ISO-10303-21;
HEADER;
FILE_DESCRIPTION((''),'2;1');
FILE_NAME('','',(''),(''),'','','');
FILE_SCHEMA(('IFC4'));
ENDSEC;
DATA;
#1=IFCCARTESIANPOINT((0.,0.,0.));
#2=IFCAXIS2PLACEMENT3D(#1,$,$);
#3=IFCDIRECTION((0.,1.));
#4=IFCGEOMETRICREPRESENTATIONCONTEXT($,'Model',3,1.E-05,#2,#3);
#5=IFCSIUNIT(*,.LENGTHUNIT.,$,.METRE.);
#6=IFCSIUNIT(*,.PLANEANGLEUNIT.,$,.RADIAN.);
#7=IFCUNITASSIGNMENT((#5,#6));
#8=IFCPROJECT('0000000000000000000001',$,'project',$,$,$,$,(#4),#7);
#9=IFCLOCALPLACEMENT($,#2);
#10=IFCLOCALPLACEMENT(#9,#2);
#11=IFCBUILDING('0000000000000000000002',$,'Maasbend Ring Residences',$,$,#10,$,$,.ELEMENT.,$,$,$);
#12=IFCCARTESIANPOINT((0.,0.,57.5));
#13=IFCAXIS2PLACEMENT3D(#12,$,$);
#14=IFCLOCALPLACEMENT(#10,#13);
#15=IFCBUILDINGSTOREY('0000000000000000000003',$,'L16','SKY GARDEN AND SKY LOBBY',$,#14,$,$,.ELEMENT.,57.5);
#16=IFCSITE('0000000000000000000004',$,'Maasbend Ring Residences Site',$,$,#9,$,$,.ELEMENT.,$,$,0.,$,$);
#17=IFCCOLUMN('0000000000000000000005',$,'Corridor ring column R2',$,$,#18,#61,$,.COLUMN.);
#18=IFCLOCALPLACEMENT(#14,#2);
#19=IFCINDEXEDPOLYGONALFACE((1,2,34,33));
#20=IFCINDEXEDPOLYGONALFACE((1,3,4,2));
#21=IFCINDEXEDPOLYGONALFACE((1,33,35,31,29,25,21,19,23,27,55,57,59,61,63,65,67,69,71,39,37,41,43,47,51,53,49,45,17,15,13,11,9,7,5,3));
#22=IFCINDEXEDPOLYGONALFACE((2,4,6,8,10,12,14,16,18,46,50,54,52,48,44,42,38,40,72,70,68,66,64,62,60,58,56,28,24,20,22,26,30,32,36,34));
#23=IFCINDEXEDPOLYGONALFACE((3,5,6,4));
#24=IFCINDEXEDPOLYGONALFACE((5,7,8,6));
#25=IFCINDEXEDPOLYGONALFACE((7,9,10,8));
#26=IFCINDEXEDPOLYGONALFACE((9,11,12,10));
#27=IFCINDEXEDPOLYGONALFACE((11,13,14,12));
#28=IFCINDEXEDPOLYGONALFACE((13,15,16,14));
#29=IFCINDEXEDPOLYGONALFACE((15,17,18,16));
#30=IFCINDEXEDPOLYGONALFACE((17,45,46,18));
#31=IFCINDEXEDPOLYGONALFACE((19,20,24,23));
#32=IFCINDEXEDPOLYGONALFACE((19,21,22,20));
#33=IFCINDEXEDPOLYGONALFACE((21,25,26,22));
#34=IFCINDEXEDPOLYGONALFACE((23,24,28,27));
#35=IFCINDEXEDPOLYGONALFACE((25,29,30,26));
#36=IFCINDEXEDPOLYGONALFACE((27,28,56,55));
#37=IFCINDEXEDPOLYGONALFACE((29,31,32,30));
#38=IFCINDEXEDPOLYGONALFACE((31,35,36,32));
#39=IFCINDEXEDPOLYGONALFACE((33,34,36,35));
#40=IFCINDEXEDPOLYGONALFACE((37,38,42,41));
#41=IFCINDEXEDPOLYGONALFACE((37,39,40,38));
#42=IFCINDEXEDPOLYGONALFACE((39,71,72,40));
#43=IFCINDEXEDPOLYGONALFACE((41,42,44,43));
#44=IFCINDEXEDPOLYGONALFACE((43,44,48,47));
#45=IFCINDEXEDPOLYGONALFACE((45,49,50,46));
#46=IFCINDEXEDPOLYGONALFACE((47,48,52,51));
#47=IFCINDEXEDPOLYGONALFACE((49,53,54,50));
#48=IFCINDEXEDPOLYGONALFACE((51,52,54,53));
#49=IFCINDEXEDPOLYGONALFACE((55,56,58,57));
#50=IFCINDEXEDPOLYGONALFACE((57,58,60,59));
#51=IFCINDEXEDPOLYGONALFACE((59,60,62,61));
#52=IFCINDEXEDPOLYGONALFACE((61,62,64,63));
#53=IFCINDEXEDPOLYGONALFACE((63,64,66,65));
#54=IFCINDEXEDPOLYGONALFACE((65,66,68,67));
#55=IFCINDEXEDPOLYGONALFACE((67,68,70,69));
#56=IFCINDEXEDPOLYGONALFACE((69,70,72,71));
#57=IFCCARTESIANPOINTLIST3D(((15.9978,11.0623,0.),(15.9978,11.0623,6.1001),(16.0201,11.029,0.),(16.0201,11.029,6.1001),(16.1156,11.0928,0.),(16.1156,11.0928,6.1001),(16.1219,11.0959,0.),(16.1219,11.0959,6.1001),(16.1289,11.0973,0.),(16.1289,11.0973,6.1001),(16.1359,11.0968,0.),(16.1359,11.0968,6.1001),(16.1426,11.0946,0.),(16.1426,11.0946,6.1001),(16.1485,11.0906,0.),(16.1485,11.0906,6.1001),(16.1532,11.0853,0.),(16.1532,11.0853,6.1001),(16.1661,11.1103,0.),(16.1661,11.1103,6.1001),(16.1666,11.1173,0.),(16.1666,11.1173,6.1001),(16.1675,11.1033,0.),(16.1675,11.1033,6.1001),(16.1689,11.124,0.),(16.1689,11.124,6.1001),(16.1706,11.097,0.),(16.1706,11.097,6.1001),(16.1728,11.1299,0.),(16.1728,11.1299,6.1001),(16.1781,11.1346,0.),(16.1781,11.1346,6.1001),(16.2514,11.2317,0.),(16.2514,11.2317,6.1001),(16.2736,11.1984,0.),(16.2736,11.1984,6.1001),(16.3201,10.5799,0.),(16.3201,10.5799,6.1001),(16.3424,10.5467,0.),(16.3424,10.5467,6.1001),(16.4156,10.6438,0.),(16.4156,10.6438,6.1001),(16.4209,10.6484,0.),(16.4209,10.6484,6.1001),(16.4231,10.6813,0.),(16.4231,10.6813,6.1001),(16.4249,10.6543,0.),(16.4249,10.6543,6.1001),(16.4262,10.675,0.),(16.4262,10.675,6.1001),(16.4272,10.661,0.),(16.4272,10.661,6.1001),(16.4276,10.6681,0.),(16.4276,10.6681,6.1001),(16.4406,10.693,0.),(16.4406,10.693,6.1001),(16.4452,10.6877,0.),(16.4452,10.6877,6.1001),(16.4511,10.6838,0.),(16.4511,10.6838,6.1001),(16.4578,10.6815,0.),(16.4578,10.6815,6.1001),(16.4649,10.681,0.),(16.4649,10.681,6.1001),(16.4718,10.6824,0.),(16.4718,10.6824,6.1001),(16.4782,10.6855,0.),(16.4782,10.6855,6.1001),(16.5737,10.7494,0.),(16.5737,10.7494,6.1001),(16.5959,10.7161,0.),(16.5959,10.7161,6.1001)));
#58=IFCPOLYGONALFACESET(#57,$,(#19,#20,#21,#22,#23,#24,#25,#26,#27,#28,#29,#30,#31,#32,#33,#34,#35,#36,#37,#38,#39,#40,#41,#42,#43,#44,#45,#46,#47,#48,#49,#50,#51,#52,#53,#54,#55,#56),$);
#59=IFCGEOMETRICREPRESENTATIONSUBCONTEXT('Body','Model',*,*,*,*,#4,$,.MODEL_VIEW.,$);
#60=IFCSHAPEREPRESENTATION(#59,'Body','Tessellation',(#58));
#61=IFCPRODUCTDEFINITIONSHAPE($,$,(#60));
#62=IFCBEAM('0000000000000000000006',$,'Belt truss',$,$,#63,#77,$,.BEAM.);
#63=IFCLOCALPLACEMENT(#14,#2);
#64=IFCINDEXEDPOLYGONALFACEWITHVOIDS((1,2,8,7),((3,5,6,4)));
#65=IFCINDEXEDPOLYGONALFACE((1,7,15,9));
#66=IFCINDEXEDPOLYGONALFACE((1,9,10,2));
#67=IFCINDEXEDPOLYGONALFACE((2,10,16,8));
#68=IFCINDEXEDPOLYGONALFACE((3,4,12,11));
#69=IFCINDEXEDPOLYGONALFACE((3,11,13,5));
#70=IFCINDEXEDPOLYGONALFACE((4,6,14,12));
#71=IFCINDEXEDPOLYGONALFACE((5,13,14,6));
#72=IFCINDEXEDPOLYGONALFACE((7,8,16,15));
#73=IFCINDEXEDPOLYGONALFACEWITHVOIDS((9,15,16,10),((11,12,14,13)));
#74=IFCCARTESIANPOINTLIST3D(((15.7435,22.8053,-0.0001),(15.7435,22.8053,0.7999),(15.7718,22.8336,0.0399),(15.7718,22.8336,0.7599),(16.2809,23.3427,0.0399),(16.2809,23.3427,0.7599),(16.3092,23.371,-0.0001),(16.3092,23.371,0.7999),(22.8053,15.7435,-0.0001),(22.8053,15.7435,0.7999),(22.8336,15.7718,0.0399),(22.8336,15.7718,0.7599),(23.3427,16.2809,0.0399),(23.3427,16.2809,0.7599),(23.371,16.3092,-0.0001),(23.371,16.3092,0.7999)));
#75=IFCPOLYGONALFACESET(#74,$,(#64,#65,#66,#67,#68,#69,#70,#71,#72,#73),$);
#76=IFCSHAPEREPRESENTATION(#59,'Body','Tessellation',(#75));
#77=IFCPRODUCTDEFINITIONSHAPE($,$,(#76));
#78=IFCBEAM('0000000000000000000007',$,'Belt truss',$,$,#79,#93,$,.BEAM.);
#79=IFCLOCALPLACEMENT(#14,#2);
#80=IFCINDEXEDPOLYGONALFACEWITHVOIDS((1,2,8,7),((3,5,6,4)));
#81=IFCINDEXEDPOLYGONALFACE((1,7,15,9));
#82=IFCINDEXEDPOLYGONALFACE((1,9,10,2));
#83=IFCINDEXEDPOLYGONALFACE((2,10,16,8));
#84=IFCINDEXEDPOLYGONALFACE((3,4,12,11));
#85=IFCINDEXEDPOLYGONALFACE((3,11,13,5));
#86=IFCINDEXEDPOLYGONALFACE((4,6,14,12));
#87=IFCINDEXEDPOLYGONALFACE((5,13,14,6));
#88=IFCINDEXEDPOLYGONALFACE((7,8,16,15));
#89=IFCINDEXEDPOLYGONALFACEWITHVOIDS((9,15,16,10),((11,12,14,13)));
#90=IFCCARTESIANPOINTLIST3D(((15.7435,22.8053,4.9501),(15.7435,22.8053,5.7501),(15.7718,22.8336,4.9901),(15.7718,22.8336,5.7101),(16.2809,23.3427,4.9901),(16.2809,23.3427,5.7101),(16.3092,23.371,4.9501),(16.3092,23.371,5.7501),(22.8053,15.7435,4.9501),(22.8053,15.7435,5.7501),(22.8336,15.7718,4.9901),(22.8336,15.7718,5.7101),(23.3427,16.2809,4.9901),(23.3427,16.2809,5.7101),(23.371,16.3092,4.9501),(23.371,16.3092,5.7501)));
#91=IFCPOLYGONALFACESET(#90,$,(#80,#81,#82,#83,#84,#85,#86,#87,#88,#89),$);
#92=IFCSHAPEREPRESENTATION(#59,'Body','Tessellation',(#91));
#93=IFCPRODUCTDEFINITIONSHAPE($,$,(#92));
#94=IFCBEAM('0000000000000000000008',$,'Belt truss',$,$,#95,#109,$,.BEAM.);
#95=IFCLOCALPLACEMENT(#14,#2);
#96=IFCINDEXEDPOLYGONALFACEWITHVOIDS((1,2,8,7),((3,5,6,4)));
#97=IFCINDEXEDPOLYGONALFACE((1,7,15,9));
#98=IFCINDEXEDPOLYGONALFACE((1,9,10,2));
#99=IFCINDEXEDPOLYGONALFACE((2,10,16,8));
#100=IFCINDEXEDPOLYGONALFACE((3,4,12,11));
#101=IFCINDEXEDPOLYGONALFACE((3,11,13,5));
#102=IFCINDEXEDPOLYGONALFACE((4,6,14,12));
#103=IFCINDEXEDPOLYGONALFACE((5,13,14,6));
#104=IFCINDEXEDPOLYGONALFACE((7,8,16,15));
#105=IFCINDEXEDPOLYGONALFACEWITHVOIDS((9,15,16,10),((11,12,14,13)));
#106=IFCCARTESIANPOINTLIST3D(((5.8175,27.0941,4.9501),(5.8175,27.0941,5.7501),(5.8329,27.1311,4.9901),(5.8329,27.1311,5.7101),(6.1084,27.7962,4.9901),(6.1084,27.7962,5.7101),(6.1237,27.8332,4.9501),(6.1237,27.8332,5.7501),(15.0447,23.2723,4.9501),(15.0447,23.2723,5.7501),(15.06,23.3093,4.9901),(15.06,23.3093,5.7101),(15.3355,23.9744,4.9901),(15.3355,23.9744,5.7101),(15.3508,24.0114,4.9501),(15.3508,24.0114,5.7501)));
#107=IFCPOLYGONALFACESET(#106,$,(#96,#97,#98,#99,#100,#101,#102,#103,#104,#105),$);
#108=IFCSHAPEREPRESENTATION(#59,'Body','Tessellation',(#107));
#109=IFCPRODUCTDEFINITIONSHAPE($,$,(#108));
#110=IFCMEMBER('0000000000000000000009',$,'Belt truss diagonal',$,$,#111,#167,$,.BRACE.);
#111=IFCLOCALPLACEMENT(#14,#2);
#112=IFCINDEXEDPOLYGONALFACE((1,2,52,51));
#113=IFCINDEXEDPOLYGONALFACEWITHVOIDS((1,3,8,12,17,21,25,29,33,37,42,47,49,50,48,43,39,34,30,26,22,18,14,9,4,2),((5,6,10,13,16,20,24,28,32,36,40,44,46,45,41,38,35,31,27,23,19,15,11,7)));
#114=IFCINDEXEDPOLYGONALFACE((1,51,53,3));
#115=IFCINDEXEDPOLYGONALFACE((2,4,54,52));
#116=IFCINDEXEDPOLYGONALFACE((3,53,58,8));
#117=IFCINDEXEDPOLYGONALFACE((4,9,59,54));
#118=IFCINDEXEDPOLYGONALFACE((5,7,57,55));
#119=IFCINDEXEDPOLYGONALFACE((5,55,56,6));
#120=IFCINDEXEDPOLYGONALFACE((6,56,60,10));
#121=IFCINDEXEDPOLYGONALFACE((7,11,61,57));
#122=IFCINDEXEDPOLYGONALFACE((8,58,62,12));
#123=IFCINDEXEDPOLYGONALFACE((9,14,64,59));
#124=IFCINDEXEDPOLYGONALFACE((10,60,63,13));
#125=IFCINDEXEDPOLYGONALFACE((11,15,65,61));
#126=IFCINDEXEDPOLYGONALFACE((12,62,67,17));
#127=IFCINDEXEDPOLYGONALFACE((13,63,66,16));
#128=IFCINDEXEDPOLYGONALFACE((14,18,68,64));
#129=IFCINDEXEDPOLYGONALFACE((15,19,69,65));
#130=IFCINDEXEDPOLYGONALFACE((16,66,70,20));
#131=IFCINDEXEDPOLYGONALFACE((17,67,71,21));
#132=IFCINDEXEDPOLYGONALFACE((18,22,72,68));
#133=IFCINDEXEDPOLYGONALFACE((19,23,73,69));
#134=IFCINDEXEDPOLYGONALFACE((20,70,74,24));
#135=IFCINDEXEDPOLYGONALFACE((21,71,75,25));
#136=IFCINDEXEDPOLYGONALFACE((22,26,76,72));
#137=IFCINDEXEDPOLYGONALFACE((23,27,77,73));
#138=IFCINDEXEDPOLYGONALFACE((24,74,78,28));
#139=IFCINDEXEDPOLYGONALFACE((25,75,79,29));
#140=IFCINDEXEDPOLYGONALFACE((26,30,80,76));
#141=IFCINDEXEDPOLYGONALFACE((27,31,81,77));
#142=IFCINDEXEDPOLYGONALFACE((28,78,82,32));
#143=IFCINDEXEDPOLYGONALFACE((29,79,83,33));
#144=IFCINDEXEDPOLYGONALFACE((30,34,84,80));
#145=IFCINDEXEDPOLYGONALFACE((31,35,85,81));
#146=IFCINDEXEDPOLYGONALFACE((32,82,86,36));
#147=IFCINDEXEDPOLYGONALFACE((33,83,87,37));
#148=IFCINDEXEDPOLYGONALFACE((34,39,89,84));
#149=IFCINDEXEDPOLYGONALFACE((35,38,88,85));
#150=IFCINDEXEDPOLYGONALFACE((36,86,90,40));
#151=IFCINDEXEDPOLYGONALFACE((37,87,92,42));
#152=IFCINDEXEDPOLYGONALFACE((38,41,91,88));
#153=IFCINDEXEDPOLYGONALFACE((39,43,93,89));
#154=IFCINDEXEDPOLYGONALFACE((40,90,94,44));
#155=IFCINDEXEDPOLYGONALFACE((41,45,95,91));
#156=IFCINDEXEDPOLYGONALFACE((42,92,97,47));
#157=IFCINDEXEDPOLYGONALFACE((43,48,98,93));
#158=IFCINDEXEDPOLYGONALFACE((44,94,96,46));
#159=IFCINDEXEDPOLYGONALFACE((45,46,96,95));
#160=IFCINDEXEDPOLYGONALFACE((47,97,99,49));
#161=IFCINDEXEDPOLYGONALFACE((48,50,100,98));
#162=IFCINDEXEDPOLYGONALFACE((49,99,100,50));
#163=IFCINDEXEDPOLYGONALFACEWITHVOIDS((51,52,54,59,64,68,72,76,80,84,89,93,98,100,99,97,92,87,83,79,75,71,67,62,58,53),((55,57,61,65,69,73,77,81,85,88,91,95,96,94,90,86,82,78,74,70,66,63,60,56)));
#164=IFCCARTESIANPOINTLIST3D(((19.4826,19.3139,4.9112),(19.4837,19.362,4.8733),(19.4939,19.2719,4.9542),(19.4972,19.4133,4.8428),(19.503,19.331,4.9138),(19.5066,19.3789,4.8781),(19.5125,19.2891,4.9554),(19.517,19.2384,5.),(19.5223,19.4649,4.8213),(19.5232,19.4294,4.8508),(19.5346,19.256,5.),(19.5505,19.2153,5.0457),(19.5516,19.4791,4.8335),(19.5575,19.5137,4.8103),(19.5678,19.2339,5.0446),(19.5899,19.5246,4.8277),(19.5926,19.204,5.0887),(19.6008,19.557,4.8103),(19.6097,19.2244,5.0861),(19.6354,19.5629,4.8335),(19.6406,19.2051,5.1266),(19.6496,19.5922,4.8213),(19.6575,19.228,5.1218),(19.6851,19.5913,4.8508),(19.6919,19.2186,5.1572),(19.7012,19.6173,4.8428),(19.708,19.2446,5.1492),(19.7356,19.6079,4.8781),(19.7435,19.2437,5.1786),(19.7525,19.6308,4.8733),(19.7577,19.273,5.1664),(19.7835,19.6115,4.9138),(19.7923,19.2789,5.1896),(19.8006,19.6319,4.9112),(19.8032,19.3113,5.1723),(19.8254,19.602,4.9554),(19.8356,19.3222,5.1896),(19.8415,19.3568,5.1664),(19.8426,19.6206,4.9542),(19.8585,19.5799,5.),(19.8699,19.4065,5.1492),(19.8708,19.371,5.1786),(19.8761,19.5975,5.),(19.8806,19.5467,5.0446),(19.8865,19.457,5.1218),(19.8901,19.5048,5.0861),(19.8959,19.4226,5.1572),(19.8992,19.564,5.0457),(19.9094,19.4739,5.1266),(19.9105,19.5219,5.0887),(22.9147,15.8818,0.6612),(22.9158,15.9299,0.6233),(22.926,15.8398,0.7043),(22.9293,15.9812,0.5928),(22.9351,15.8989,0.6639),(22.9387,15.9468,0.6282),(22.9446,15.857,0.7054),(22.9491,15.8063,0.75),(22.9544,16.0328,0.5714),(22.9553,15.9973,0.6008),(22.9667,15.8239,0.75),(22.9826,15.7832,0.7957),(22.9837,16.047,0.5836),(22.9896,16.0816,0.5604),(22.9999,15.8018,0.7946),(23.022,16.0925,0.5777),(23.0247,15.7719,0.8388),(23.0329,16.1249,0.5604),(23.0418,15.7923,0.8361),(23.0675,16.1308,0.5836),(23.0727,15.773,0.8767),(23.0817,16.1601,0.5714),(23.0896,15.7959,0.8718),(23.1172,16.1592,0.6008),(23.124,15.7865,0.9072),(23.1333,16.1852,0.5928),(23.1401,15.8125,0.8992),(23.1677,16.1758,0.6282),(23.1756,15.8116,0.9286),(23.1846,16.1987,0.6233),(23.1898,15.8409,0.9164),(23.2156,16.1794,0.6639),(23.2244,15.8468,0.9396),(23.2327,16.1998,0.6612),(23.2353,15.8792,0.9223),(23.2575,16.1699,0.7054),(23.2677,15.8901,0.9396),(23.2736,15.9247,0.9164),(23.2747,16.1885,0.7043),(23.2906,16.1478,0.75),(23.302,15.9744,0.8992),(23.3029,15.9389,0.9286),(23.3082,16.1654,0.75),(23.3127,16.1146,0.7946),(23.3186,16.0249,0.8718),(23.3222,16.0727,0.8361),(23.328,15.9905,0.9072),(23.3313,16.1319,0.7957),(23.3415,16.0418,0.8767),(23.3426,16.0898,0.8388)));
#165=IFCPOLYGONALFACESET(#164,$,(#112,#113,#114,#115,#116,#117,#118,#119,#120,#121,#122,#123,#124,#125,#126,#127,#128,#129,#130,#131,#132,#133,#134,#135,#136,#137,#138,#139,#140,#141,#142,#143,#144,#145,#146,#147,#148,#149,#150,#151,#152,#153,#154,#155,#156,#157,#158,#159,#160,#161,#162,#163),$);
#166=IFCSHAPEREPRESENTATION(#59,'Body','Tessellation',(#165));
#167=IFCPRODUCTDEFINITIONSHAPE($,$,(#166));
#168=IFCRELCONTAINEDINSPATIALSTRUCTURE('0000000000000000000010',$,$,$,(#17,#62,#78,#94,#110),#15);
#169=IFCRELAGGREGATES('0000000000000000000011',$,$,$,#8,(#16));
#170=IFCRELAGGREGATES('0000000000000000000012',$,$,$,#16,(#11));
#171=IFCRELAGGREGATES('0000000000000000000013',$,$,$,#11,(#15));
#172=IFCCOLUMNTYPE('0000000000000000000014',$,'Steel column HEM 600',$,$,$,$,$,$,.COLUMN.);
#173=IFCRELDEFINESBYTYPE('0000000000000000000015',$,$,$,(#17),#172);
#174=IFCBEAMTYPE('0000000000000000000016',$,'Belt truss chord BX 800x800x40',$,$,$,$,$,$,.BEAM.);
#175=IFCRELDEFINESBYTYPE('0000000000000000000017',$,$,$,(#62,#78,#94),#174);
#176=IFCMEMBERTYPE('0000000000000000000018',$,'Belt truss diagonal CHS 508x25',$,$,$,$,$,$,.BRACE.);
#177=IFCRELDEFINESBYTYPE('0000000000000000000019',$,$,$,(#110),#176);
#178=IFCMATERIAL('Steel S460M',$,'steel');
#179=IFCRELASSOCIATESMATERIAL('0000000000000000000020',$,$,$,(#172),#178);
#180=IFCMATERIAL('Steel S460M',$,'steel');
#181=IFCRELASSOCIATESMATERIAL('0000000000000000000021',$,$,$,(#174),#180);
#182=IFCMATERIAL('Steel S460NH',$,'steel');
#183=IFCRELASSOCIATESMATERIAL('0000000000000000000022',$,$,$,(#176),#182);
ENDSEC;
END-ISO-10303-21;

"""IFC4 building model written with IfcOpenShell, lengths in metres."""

from ifc_helpers import new_model, si_unit, direction, frame, origin, origin_2d, place, context, subcontext, project, spatial, hollow_rectangle, hollow_circle, i_section, extrude, material, material_profile, profile_set, type_object, element, save


model = new_model("IFC4")

# Units and contexts
model_context = context("Model", 3, precision=1e-05, world=origin(), true_north=direction((0.0, 1.0)))
body_context = subcontext(model_context, "Body", "Model", "MODEL_VIEW")
ifc_project = project(units=[si_unit("LENGTHUNIT", "METRE"), si_unit("PLANEANGLEUNIT", "RADIAN")], contexts=[model_context])

# Site, building, storey
site_placement = place(None, origin())
site = spatial("IfcSite", under=ifc_project, at=site_placement, Name="Maasbend Ring Residences Site", CompositionType="ELEMENT", RefElevation=0.0)
building_placement = place(site_placement, origin())
building = spatial("IfcBuilding", under=site, at=building_placement, Name="Maasbend Ring Residences", CompositionType="ELEMENT")
storey_placement = place(building_placement, frame((0.0, 0.0, 57.5)))
storey = spatial("IfcBuildingStorey", under=building, at=storey_placement, Name="L16", Description="SKY GARDEN AND SKY LOBBY", CompositionType="ELEMENT", Elevation=57.5)

# Column
ifc_material_1 = material(Name="Steel S460M", Category="steel")
ifc_material_profile_1 = material_profile(ifc_material_1, i_section(OverallWidth=0.3049, OverallDepth=0.6201, WebThickness=0.021, FlangeThickness=0.04, FilletRadius=0.0271, at=origin_2d()), Name="HEM 600")
ifc_profile_set_1 = profile_set([ifc_material_profile_1], Name="Steel S460M")
column_type_1 = type_object("IfcColumnType", Name="Steel column HEM 600", PredefinedType="COLUMN", material=ifc_profile_set_1)
column_placement = place(storey_placement, frame((16.2969, 10.8892, 0.0), z_axis=(0.0, 0.0, 1.0), x_axis=(0.83147, 0.55557, 0.0)))
element("IfcColumn", 1, at=column_placement, inside=storey, type_object=column_type_1, Name="Corridor ring column R2", PredefinedType="COLUMN", context=body_context, shape_type="SweptSolid", body=[
    extrude(i_section(OverallWidth=0.3049, OverallDepth=0.6201, WebThickness=0.021, FlangeThickness=0.04, FilletRadius=0.0271, at=origin_2d()), origin(), (0.0, 0.0, 1.0), 6.1001),
])

# Beams
ifc_material_2 = material(Name="Steel S460M", Category="steel")
ifc_material_profile_2 = material_profile(ifc_material_2, hollow_rectangle(XDim=0.8, YDim=0.8, WallThickness=0.04, at=origin_2d()), Name="Belt truss chord BX 800x800x40")
ifc_profile_set_2 = profile_set([ifc_material_profile_2], Name="Steel S460M")
beam_type_1 = type_object("IfcBeamType", Name="Belt truss chord BX 800x800x40", PredefinedType="BEAM", material=ifc_profile_set_2)
for number, where, z_axis, x_axis, name in (
    (2, (23.0881, 16.0264, 0.3999), (-0.707107, 0.707107, 0.0), (-0.707107, -0.707107, 0.0), "Belt truss"),
    (3, (23.0881, 16.0264, 5.3501), (-0.707107, 0.707107, 0.0), (-0.707107, -0.707107, 0.0), "Belt truss"),
):
    element("IfcBeam", number, at=place(storey_placement, frame(where, z_axis=z_axis, x_axis=x_axis)), inside=storey, type_object=beam_type_1, Name=name, PredefinedType="BEAM", context=body_context, shape_type="SweptSolid", body=[
        extrude(hollow_rectangle(XDim=0.8, YDim=0.8, WallThickness=0.04, at=origin_2d()), origin(), (0.0, 0.0, 1.0), 9.9868),
    ])
beam_1_placement = place(storey_placement, frame((15.1978, 23.6418, 5.3501), z_axis=(-0.923886, 0.382667, 0.0), x_axis=(-0.382667, -0.923886, 0.0)))
element("IfcBeam", 4, at=beam_1_placement, inside=storey, type_object=beam_type_1, Name="Belt truss", PredefinedType="BEAM", context=body_context, shape_type="SweptSolid", body=[
    extrude(hollow_rectangle(XDim=0.8, YDim=0.8, WallThickness=0.04, at=origin_2d()), origin(), (0.0, 0.0, 1.0), 9.9873),
])

# Member
ifc_material_3 = material(Name="Steel S460NH", Category="steel")
ifc_material_profile_3 = material_profile(ifc_material_3, hollow_circle(Radius=0.2539, WallThickness=0.0249, at=origin_2d()), Name="Belt truss diagonal CHS 508x25")
ifc_profile_set_3 = profile_set([ifc_material_profile_3], Name="Steel S460NH")
member_type_1 = type_object("IfcMemberType", Name="Belt truss diagonal CHS 508x25", PredefinedType="BRACE", material=ifc_profile_set_3)
for number, where, z_axis, x_axis, name in (
    (5, (23.1287, 15.9858, 0.75), (-0.531991, 0.531991, 0.658764), (-0.707107, -0.707107, 0.0), "Belt truss diagonal"),
):
    element("IfcMember", number, at=place(storey_placement, frame(where, z_axis=z_axis, x_axis=x_axis)), inside=storey, type_object=member_type_1, Name=name, PredefinedType="BRACE", context=body_context, shape_type="SweptSolid", body=[
        extrude(hollow_circle(Radius=0.2539, WallThickness=0.0249, at=origin_2d()), origin(), (0.0, 0.0, 1.0), 6.4514),
    ])

save(model, "model.ifc")
